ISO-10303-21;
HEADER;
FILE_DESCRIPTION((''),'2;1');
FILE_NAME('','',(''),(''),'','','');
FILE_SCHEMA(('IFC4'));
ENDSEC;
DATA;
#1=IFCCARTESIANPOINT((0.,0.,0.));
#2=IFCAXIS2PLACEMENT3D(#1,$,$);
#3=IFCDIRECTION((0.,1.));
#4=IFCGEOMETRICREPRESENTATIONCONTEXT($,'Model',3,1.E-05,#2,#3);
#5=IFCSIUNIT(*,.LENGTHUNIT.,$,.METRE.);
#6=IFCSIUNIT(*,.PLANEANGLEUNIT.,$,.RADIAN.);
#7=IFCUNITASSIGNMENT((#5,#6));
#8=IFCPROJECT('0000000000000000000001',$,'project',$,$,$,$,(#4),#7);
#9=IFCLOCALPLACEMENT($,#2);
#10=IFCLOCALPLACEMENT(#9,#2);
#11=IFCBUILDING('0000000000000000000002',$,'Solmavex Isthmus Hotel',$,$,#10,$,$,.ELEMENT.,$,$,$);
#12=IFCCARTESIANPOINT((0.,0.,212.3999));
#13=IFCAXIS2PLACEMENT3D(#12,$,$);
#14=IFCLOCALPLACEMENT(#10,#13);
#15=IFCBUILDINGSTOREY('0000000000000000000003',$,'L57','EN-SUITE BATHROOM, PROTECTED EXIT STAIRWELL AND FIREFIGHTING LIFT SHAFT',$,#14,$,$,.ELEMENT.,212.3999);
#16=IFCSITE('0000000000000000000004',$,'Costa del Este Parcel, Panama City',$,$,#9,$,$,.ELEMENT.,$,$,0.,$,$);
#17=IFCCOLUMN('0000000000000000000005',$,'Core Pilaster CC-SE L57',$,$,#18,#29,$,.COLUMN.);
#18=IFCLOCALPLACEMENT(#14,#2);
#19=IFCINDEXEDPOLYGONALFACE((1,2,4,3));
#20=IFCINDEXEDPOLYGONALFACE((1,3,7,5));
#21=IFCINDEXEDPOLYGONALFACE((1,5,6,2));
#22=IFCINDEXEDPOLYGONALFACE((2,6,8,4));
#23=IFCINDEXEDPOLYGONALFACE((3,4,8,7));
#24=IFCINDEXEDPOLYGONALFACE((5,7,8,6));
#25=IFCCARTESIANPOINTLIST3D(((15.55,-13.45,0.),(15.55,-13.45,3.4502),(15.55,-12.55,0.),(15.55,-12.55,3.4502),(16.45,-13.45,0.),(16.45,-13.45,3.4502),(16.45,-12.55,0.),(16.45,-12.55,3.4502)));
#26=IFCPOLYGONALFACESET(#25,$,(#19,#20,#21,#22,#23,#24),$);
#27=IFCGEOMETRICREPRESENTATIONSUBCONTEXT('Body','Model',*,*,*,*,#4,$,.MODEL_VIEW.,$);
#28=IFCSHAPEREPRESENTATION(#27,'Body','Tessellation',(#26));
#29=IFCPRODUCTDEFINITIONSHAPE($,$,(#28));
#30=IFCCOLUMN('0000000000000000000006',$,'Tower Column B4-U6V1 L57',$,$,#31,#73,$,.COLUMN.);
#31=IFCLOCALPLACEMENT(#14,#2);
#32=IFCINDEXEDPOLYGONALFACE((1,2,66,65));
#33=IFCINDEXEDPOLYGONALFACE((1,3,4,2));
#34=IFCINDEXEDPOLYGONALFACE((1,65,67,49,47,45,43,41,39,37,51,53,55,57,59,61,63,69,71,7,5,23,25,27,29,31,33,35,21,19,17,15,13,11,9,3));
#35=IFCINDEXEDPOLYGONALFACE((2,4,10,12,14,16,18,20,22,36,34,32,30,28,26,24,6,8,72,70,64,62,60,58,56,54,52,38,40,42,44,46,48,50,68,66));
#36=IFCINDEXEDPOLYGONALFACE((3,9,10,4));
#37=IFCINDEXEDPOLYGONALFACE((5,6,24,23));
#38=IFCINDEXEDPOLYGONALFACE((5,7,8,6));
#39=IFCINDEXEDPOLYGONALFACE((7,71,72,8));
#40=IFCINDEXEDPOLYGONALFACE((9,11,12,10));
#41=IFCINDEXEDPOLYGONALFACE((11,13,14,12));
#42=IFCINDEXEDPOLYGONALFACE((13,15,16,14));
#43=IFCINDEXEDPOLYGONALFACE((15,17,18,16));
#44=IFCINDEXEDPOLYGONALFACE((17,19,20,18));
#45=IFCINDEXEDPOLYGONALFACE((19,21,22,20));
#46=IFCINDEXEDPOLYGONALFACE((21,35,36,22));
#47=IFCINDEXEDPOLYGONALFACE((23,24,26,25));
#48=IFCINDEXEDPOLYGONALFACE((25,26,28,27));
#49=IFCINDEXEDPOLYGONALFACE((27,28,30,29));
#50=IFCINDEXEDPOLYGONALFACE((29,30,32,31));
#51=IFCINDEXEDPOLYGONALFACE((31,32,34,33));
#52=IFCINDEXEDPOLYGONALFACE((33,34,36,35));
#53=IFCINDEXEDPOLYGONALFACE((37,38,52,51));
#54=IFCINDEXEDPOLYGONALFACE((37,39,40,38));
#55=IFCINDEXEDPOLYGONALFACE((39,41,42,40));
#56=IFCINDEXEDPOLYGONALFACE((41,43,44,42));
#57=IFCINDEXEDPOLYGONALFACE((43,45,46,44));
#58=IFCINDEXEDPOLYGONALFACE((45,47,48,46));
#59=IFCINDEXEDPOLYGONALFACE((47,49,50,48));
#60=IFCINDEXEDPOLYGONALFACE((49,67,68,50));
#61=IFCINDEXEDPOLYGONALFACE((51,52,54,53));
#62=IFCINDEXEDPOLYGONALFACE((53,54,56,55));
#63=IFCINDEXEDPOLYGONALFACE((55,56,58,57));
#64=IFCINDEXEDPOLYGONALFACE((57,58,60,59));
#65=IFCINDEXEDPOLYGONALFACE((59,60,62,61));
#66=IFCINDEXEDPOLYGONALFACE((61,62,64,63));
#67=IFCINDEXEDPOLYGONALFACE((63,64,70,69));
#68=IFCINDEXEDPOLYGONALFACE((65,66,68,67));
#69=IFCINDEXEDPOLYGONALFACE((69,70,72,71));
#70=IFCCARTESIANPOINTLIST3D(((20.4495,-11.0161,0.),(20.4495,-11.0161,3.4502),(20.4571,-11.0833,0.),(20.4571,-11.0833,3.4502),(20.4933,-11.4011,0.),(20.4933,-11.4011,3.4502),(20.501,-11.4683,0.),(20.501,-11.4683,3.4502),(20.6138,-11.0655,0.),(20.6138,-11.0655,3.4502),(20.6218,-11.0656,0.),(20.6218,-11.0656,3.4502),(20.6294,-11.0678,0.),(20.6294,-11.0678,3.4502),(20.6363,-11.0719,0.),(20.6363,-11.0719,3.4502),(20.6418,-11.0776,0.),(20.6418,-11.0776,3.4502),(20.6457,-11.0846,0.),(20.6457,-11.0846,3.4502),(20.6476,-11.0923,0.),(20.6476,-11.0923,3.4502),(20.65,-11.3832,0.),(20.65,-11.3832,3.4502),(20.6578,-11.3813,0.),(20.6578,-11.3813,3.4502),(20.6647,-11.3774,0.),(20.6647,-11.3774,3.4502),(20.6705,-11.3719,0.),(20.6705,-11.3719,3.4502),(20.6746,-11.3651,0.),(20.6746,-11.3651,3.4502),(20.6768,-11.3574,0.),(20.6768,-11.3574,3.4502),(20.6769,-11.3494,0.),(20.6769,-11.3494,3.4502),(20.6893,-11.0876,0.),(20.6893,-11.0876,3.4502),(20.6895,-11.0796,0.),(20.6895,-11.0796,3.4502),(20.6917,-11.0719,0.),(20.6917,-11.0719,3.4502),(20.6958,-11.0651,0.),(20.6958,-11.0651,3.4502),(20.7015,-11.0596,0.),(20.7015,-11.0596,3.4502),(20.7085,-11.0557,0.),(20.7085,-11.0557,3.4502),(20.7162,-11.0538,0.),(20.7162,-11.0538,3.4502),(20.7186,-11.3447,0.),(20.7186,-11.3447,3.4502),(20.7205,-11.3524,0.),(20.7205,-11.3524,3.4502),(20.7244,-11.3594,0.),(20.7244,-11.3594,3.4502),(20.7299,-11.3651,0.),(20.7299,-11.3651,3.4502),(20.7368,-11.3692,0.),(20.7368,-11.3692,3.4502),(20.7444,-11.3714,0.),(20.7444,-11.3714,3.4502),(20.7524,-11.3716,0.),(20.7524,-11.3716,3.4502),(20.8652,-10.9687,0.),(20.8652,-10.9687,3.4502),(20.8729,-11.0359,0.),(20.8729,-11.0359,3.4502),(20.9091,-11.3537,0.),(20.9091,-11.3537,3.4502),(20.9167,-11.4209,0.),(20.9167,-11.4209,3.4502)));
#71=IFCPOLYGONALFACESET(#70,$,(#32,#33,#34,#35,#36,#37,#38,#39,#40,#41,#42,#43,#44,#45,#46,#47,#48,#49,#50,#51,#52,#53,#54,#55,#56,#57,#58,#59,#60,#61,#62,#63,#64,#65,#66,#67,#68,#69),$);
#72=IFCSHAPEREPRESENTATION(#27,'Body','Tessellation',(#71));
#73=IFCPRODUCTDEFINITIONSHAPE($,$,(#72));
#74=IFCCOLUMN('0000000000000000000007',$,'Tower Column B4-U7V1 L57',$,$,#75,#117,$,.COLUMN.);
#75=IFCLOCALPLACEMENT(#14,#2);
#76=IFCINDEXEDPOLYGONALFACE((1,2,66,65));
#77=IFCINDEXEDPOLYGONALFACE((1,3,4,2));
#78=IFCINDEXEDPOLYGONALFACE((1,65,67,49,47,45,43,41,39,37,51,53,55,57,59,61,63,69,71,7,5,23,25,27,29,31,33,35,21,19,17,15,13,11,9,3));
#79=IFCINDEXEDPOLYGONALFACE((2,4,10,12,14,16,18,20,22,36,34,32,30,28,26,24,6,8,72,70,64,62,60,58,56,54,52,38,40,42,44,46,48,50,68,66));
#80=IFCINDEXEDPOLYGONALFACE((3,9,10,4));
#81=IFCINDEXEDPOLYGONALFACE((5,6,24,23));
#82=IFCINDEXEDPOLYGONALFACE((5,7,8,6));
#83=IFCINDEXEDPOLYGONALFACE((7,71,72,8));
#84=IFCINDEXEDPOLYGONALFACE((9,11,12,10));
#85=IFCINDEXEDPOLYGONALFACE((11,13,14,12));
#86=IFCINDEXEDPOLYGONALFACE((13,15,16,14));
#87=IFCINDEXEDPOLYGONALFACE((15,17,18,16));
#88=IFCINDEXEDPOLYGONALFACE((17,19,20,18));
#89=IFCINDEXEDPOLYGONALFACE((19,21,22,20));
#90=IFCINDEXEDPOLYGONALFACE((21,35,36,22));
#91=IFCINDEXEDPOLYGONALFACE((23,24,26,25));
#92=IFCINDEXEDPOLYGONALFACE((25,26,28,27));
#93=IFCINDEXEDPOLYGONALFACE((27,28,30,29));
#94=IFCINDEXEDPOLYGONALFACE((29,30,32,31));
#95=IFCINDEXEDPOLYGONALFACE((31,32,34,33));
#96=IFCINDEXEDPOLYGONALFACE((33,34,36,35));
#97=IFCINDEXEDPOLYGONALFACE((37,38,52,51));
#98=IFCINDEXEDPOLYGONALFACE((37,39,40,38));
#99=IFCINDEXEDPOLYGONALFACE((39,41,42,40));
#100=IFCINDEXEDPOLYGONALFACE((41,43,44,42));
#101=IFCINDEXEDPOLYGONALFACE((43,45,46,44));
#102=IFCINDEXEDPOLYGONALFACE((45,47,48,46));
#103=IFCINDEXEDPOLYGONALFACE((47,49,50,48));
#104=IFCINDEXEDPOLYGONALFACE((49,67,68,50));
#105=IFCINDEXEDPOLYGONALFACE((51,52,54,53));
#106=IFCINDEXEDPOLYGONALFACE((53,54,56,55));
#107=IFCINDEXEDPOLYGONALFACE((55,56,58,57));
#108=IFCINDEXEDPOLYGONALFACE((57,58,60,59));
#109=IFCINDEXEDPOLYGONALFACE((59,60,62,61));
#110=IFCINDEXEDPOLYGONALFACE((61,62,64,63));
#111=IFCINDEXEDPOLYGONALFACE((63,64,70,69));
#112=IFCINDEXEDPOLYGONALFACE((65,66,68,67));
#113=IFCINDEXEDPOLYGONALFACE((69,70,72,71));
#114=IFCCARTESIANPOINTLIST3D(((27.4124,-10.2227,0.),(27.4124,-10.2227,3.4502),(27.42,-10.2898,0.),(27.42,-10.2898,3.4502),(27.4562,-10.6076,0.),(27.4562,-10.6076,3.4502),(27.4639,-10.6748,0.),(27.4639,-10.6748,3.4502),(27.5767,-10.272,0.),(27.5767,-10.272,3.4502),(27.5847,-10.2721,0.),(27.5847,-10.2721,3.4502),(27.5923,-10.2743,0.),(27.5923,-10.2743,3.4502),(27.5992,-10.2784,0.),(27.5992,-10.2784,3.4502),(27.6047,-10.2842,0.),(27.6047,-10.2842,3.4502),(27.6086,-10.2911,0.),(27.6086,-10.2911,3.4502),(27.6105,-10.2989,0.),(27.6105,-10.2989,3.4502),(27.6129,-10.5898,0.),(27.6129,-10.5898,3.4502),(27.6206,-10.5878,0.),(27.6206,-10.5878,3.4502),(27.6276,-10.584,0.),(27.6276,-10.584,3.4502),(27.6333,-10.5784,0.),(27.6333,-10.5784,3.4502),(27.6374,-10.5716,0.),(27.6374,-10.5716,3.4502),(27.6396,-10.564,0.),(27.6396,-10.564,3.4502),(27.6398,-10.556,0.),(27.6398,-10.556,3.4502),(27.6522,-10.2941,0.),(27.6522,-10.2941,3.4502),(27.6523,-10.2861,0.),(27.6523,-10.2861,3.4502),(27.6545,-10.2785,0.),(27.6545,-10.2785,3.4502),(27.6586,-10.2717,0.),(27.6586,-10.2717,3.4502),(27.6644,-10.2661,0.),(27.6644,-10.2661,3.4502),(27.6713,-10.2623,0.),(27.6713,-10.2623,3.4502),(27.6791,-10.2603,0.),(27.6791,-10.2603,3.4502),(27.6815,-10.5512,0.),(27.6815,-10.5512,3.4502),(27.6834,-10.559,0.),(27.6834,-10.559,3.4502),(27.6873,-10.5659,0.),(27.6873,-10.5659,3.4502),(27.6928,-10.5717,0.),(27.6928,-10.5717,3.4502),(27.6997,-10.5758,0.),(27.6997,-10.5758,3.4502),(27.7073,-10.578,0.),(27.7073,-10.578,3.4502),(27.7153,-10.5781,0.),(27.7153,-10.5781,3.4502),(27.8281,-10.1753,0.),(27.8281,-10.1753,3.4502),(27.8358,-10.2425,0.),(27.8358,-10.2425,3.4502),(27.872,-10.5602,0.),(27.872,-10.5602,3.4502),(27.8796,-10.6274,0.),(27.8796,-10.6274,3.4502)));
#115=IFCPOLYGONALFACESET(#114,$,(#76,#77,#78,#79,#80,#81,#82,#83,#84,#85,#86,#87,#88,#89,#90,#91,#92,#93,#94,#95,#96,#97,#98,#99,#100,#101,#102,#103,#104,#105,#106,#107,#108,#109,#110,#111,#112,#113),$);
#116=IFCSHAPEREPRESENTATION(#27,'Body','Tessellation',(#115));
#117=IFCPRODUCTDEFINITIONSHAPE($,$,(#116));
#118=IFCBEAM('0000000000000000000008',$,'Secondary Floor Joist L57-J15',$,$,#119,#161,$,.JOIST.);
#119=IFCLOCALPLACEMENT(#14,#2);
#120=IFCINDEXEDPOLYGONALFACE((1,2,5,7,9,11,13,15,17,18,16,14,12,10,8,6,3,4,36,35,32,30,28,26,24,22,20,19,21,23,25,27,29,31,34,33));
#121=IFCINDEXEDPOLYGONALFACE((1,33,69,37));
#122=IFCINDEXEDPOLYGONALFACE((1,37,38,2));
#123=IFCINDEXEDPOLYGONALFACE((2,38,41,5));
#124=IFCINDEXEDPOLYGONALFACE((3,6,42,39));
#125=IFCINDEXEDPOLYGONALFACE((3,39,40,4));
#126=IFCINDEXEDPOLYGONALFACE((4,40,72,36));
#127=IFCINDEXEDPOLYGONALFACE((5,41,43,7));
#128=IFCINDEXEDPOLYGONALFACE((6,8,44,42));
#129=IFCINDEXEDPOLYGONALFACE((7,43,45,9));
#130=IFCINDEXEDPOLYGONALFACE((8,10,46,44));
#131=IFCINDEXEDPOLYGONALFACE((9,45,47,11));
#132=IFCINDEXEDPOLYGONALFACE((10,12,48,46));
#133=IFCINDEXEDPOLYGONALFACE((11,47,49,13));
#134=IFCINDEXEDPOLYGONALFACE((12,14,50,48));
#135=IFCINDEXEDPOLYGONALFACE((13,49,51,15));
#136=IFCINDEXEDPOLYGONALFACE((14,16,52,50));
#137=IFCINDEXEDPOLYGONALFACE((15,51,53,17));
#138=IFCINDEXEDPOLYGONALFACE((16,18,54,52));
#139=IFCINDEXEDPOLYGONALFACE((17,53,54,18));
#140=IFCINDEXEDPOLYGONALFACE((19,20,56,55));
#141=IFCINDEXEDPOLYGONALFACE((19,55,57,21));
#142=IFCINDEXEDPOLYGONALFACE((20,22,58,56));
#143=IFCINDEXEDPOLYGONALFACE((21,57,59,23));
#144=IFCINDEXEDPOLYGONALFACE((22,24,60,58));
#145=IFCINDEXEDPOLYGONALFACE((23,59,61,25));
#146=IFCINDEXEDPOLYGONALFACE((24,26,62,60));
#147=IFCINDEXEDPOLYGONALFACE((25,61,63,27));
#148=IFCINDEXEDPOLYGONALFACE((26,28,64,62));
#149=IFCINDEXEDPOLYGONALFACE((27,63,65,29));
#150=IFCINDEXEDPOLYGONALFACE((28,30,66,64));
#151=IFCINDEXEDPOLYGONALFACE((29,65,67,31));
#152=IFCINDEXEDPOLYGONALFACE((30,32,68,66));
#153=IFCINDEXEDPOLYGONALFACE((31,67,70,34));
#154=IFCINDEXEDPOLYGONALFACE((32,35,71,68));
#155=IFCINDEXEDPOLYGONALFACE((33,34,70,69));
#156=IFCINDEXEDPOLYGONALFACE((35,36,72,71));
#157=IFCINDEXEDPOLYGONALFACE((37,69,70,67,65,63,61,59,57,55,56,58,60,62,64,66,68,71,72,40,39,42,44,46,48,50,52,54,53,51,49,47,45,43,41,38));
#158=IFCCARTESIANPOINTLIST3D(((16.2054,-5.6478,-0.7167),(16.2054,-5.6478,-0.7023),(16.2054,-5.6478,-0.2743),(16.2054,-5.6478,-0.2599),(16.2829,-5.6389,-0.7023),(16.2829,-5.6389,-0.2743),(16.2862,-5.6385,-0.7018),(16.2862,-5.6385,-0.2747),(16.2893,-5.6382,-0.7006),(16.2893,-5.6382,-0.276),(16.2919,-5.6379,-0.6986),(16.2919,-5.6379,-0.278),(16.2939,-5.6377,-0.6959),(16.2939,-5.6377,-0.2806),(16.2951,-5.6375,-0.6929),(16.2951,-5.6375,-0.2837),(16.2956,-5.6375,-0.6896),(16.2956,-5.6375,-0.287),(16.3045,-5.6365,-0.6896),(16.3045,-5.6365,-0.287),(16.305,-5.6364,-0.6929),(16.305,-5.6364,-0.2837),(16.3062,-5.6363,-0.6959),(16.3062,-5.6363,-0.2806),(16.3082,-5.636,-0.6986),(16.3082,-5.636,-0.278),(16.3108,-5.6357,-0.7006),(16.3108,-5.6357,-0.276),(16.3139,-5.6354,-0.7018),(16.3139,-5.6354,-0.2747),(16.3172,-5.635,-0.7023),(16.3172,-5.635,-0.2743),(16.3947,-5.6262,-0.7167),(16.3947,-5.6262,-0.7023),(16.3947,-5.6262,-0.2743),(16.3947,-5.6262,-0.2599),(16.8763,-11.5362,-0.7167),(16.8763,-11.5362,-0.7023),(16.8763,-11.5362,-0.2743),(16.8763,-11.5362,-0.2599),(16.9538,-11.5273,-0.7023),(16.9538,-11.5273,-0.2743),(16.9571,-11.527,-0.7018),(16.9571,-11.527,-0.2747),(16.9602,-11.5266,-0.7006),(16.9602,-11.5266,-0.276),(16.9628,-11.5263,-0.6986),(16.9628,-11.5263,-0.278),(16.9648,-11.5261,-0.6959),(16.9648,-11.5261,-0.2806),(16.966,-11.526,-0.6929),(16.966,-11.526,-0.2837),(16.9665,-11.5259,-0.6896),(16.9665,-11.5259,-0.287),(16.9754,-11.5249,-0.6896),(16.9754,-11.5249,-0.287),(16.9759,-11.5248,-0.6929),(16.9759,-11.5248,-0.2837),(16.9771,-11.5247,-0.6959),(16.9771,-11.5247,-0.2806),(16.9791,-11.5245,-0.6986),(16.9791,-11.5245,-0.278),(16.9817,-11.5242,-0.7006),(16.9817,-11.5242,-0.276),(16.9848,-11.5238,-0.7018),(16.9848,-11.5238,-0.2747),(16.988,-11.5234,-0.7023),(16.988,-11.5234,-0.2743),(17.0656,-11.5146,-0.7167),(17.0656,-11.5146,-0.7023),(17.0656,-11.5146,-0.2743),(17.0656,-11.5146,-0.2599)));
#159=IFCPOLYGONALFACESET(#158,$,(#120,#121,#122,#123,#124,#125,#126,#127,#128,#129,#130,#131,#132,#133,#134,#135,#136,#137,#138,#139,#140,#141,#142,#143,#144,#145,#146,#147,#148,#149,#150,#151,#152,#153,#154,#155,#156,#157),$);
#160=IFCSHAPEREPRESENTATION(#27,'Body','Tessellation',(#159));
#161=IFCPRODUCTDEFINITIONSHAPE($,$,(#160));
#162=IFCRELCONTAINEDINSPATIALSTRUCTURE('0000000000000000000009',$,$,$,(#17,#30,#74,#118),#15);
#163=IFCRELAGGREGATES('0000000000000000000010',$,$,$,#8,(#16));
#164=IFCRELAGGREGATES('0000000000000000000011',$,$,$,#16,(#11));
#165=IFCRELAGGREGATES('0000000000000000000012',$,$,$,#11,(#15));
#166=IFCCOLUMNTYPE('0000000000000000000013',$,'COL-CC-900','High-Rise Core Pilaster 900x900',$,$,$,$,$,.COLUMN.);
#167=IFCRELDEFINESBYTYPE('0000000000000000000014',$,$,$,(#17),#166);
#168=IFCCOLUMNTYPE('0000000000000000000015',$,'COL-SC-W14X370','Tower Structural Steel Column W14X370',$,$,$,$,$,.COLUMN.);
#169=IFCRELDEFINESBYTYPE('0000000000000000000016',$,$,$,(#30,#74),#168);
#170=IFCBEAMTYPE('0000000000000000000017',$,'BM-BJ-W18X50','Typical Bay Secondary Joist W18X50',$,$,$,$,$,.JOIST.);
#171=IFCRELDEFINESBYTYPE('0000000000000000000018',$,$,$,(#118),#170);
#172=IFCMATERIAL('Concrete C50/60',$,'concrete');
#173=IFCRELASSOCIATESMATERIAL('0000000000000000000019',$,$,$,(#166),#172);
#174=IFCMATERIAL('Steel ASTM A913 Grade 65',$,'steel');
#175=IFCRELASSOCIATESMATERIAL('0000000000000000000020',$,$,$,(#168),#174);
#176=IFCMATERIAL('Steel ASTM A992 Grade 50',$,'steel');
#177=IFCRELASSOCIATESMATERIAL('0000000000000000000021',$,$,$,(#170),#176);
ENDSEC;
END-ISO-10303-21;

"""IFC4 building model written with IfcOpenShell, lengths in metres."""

from ifc_helpers import new_model, si_unit, direction, frame, origin, origin_2d, place, context, subcontext, project, spatial, rectangle, i_section, extrude, material, material_profile, profile_set, type_object, element, save


model = new_model("IFC4")

# Units and contexts
model_context = context("Model", 3, precision=1e-05, world=origin(), true_north=direction((0.0, 1.0)))
body_context = subcontext(model_context, "Body", "Model", "MODEL_VIEW")
ifc_project = project(units=[si_unit("LENGTHUNIT", "METRE"), si_unit("PLANEANGLEUNIT", "RADIAN")], contexts=[model_context])

# Site, building, storey
site_placement = place(None, origin())
site = spatial("IfcSite", under=ifc_project, at=site_placement, Name="Costa del Este Parcel, Panama City", CompositionType="ELEMENT", RefElevation=0.0)
building_placement = place(site_placement, origin())
building = spatial("IfcBuilding", under=site, at=building_placement, Name="Solmavex Isthmus Hotel", CompositionType="ELEMENT")
storey_placement = place(building_placement, frame((0.0, 0.0, 212.3999)))
storey = spatial("IfcBuildingStorey", under=building, at=storey_placement, Name="L57", Description="EN-SUITE BATHROOM, PROTECTED EXIT STAIRWELL AND FIREFIGHTING LIFT SHAFT", CompositionType="ELEMENT", Elevation=212.3999)

# Columns
ifc_material_1 = material(Name="Concrete C50/60", Category="concrete")
ifc_material_profile_1 = material_profile(ifc_material_1, rectangle(XDim=0.8999, YDim=0.8999, at=origin_2d()), Name="RC900X900")
ifc_profile_set_1 = profile_set([ifc_material_profile_1], Name="Concrete C50/60")
column_type_1 = type_object("IfcColumnType", Name="COL-CC-900", Description="High-Rise Core Pilaster 900x900", PredefinedType="COLUMN", material=ifc_profile_set_1)
column_placement = place(storey_placement, frame((16.0, -13.0, 0.0), z_axis=(0.0, 0.0, 1.0), x_axis=(1.0, 0.0, 0.0)))
element("IfcColumn", 1, at=column_placement, inside=storey, type_object=column_type_1, Name="Core Pilaster CC-SE L57", PredefinedType="COLUMN", context=body_context, shape_type="SweptSolid", body=[
    extrude(rectangle(XDim=0.8999, YDim=0.8999, at=origin_2d()), origin(), (0.0, 0.0, 1.0), 3.4502),
])
ifc_material_2 = material(Name="Steel ASTM A913 Grade 65", Category="steel")
ifc_material_profile_2 = material_profile(ifc_material_2, i_section(OverallWidth=0.4185, OverallDepth=0.4551, WebThickness=0.042, FlangeThickness=0.0676, FilletRadius=0.0305, at=origin_2d()), Name="W14X370")
ifc_profile_set_2 = profile_set([ifc_material_profile_2], Name="Steel ASTM A913 Grade 65")
column_type_2 = type_object("IfcColumnType", Name="COL-SC-W14X370", Description="Tower Structural Steel Column W14X370", PredefinedType="COLUMN", material=ifc_profile_set_2)
for number, where, z_axis, x_axis, name in (
    (2, (20.6831, -11.2185, 0.0), (0.0, 0.0, 1.0), (0.993572, 0.113203, 0.0), "Tower Column B4-U6V1 L57"),
    (3, (27.646, -10.425, 0.0), (0.0, 0.0, 1.0), (0.993572, 0.113203, 0.0), "Tower Column B4-U7V1 L57"),
):
    element("IfcColumn", number, at=place(storey_placement, frame(where, z_axis=z_axis, x_axis=x_axis)), inside=storey, type_object=column_type_2, Name=name, PredefinedType="COLUMN", context=body_context, shape_type="SweptSolid", body=[
        extrude(i_section(OverallWidth=0.4185, OverallDepth=0.4551, WebThickness=0.042, FlangeThickness=0.0676, FilletRadius=0.0305, at=origin_2d()), origin(), (0.0, 0.0, 1.0), 3.4502),
    ])

# Beam
ifc_material_3 = material(Name="Steel ASTM A992 Grade 50", Category="steel")
ifc_material_profile_3 = material_profile(ifc_material_3, i_section(OverallWidth=0.1904, OverallDepth=0.4568, WebThickness=0.009, FlangeThickness=0.0144, FilletRadius=0.0127, at=origin_2d()), Name="W18X50")
ifc_profile_set_3 = profile_set([ifc_material_profile_3], Name="Steel ASTM A992 Grade 50")
beam_type_1 = type_object("IfcBeamType", Name="BM-BJ-W18X50", Description="Typical Bay Secondary Joist W18X50", PredefinedType="JOIST", material=ifc_profile_set_3)
beam_1_placement = place(storey_placement, frame((16.9709, -11.5254, -0.4883), z_axis=(-0.113203, 0.993572, 0.0), x_axis=(-0.993572, -0.113203, 0.0)))
element("IfcBeam", 4, at=beam_1_placement, inside=storey, type_object=beam_type_1, Name="Secondary Floor Joist L57-J15", PredefinedType="JOIST", context=body_context, shape_type="SweptSolid", body=[
    extrude(i_section(OverallWidth=0.1904, OverallDepth=0.4568, WebThickness=0.009, FlangeThickness=0.0144, FilletRadius=0.0127, at=origin_2d()), origin(), (0.0, 0.0, 1.0), 5.9265),
])

save(model, "model.ifc")
